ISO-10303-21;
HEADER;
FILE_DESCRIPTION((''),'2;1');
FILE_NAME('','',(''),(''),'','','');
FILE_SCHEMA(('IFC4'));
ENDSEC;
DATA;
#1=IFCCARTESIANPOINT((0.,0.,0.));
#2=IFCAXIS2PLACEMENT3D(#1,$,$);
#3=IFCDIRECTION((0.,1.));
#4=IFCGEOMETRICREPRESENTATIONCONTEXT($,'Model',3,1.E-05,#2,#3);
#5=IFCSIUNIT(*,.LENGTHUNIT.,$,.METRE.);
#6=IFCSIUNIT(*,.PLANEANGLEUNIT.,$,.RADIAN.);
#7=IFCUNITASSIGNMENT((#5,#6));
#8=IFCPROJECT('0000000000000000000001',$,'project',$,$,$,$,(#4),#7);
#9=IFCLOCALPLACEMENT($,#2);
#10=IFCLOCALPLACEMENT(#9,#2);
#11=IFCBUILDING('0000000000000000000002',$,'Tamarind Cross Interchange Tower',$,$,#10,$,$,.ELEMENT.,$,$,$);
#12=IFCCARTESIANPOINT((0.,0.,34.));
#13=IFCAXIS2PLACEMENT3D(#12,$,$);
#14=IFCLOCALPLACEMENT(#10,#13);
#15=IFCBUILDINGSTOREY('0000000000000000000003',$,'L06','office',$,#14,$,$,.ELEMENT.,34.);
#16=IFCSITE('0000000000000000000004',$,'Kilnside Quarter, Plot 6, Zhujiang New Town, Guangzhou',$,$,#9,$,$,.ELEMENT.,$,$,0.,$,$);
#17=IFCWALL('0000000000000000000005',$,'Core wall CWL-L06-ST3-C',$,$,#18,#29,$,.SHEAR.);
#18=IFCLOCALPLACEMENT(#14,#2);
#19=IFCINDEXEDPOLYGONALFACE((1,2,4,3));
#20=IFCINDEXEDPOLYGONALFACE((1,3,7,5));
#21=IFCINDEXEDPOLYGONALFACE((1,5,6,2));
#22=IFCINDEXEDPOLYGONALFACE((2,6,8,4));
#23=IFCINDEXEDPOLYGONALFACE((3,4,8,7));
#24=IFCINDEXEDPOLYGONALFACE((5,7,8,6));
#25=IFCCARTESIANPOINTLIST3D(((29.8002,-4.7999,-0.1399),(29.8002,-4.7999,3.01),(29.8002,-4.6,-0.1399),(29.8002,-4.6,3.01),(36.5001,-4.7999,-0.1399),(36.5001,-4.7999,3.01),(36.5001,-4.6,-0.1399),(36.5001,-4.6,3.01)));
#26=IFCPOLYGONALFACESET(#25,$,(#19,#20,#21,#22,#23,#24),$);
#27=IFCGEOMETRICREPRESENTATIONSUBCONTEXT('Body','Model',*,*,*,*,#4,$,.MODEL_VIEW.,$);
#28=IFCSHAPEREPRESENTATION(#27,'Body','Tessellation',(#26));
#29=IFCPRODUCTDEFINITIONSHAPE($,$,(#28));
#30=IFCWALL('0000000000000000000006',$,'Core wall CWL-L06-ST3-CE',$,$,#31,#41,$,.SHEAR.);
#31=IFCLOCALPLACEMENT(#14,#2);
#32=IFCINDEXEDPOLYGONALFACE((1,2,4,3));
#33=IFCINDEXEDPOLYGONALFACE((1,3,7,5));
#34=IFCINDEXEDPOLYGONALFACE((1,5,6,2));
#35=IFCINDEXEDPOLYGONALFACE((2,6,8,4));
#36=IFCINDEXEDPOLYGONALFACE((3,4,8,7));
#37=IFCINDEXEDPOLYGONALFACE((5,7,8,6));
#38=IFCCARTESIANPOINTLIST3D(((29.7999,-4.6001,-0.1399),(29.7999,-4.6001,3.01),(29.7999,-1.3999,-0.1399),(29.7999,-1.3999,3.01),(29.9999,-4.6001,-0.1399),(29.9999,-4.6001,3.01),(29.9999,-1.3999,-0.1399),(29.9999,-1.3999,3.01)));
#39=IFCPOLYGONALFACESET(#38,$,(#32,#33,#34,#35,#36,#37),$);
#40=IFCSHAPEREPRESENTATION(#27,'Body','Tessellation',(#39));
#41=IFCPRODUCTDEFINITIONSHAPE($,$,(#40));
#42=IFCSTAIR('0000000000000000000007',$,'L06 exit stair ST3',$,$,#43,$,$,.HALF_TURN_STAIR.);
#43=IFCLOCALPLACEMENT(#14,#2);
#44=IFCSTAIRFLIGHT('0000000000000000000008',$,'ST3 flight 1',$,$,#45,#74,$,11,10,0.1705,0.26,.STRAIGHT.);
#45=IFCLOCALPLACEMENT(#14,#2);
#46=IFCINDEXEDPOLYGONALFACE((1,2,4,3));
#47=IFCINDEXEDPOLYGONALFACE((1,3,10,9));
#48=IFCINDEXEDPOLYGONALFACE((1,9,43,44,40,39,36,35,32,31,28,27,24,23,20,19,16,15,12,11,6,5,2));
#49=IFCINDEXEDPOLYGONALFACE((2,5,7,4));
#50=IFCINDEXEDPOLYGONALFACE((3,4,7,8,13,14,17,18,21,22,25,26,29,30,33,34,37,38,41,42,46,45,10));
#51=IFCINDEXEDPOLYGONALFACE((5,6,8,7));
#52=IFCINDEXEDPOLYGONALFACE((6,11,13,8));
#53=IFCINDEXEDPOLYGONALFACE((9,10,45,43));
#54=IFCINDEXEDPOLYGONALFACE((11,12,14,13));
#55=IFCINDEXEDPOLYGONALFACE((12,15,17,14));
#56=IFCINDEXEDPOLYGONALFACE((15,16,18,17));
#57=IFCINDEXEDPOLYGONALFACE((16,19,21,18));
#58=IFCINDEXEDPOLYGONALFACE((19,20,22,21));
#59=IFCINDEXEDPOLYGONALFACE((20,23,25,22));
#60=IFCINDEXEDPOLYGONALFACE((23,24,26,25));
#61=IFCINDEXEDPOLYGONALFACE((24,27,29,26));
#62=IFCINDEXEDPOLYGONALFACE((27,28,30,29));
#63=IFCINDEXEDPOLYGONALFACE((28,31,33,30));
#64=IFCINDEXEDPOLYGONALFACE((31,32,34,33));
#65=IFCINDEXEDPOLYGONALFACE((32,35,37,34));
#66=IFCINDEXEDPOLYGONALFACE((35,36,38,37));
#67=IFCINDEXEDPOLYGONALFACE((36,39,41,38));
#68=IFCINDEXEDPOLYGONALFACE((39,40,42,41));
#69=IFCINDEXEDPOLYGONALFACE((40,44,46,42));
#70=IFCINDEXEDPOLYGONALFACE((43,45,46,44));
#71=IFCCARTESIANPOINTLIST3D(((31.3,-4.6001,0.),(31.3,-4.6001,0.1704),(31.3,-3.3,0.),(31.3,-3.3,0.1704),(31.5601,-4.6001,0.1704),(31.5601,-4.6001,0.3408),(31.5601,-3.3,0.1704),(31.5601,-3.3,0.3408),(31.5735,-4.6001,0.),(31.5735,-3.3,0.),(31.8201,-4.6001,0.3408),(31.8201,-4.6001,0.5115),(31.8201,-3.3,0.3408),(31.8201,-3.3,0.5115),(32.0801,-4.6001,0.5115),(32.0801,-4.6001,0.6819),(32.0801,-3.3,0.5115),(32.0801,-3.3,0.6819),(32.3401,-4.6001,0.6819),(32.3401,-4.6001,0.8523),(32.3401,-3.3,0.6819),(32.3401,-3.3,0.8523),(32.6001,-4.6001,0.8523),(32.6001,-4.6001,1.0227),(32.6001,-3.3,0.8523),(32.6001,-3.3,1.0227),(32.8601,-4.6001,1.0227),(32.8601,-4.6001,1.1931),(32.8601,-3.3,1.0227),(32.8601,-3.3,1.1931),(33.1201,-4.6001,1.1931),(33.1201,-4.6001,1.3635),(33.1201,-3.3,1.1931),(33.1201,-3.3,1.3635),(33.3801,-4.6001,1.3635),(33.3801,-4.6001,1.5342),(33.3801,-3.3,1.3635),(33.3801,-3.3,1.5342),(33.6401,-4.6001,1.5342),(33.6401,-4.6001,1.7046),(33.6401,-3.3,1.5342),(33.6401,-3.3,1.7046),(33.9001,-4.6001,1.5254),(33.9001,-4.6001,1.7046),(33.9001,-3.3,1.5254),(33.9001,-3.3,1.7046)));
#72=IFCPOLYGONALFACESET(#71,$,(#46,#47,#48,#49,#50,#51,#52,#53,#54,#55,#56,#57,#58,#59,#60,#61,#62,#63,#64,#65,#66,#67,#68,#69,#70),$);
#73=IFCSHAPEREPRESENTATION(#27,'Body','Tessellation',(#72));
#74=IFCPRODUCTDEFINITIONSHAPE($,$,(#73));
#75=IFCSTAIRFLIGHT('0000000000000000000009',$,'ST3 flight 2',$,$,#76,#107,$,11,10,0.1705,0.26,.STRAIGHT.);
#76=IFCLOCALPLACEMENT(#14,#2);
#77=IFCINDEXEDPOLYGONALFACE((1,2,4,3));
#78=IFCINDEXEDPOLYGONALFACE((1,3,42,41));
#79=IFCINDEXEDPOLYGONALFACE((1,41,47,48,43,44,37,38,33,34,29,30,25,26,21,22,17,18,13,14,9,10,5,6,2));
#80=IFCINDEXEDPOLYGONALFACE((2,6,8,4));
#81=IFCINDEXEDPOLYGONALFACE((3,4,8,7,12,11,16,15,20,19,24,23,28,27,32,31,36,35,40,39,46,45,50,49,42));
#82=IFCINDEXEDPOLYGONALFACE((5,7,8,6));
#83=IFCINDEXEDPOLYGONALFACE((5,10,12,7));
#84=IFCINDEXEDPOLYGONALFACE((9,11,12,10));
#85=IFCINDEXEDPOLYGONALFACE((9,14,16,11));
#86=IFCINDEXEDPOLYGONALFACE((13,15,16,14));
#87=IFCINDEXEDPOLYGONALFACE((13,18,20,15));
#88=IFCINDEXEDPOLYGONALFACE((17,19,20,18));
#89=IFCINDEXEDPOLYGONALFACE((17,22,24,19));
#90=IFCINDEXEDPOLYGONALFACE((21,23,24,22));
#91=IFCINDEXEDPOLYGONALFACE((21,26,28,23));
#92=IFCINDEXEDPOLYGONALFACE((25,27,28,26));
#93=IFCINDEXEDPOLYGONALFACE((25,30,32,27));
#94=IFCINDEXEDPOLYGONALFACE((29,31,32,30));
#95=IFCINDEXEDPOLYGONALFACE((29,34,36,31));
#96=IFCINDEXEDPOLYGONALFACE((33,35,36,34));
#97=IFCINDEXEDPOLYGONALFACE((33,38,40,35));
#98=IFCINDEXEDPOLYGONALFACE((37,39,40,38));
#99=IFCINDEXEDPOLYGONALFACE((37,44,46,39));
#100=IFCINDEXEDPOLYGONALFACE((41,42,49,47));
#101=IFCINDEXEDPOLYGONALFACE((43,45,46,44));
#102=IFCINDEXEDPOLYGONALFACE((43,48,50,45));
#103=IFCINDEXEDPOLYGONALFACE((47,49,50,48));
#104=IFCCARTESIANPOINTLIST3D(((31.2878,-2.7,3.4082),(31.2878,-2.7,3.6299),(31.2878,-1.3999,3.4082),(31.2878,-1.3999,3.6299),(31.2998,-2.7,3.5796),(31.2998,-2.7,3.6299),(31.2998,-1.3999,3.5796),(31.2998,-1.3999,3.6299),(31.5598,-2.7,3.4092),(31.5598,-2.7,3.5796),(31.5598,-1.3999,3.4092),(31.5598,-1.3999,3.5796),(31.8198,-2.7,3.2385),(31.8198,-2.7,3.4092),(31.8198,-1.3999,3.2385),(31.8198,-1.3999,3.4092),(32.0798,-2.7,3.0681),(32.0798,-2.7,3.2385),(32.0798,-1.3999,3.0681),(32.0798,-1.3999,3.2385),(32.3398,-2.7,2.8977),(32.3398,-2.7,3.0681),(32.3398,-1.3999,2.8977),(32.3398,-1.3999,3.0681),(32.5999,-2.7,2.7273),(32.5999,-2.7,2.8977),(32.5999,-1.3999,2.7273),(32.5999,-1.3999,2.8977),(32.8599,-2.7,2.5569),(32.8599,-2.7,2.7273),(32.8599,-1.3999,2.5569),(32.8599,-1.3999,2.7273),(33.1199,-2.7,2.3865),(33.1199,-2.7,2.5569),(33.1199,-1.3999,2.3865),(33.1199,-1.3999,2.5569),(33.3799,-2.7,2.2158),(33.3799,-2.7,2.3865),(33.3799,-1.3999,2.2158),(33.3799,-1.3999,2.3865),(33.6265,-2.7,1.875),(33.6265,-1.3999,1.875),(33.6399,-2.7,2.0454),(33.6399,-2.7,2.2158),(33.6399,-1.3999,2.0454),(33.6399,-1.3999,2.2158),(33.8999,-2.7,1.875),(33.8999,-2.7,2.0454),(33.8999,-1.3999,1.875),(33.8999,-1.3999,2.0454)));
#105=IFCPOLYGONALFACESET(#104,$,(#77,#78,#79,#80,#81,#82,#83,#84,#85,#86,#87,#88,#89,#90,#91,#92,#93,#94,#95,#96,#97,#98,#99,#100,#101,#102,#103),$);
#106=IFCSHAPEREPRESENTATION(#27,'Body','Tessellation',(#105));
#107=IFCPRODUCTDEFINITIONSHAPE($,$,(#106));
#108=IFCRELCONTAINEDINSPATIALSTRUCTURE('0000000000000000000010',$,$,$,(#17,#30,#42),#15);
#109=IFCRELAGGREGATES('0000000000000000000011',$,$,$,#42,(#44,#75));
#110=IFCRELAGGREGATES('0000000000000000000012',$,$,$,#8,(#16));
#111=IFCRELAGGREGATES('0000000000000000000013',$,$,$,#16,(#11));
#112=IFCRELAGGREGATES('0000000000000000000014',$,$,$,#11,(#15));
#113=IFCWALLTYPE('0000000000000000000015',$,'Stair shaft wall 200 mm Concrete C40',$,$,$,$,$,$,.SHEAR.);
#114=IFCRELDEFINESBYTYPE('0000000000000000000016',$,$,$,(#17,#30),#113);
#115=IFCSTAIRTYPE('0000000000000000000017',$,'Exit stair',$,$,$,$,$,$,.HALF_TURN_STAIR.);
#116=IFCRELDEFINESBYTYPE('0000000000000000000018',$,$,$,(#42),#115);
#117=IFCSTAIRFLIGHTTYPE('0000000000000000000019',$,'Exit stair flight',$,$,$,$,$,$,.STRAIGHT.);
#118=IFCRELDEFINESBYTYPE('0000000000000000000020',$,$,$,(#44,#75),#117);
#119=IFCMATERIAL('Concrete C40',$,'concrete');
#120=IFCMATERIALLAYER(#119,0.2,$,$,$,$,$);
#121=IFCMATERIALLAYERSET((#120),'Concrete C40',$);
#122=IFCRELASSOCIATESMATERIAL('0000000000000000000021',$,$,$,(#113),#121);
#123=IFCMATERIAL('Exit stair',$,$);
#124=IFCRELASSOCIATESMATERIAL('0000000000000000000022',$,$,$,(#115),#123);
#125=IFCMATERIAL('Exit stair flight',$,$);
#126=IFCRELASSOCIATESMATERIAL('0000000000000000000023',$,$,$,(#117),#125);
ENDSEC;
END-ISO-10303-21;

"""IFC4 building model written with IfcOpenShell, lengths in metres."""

from ifc_helpers import new_model, si_unit, direction, frame, frame_2d, origin, place, context, subcontext, project, spatial, polyline, rectangle, outline, extrude, material, layer, layer_set, type_object, element, aggregate, save


model = new_model("IFC4")

# Units and contexts
model_context = context("Model", 3, precision=1e-05, world=origin(), true_north=direction((0.0, 1.0)))
body_context = subcontext(model_context, "Body", "Model", "MODEL_VIEW")
ifc_project = project(units=[si_unit("LENGTHUNIT", "METRE"), si_unit("PLANEANGLEUNIT", "RADIAN")], contexts=[model_context])

# Site, building, storey
site_placement = place(None, origin())
site = spatial("IfcSite", under=ifc_project, at=site_placement, Name="Kilnside Quarter, Plot 6, Zhujiang New Town, Guangzhou", CompositionType="ELEMENT", RefElevation=0.0)
building_placement = place(site_placement, origin())
building = spatial("IfcBuilding", under=site, at=building_placement, Name="Tamarind Cross Interchange Tower", CompositionType="ELEMENT")
storey_placement = place(building_placement, frame((0.0, 0.0, 34.0)))
storey = spatial("IfcBuildingStorey", under=building, at=storey_placement, Name="L06", Description="office", CompositionType="ELEMENT", Elevation=34.0)

# Shared definitions
ifc_material_1 = material(Name="Concrete C40", Category="concrete")
ifc_layer_1 = layer(ifc_material_1, 0.2)
ifc_layer_set_1 = layer_set([ifc_layer_1], Name="Concrete C40")
wall_type_1 = type_object("IfcWallType", Name="Stair shaft wall 200 mm Concrete C40", PredefinedType="SHEAR", material=ifc_layer_set_1)

# Walls
wall_1_placement = place(storey_placement, frame((29.8, -4.7, -0.1399), z_axis=(0.0, 0.0, 1.0), x_axis=(1.0, 0.0, 0.0)))
element("IfcWall", 1, at=wall_1_placement, inside=storey, type_object=wall_type_1, Name="Core wall CWL-L06-ST3-C", PredefinedType="SHEAR", context=body_context, shape_type="SweptSolid", body=[
    extrude(rectangle(XDim=6.7, YDim=0.2, at=frame_2d((3.3501, 0.0))), origin(), (0.0, 0.0, 1.0), 3.1499),
])
wall_2_placement = place(storey_placement, frame((29.8999, -4.6001, -0.1399), z_axis=(0.0, 0.0, 1.0), x_axis=(0.0, 1.0, 0.0)))
element("IfcWall", 2, at=wall_2_placement, inside=storey, type_object=wall_type_1, Name="Core wall CWL-L06-ST3-CE", PredefinedType="SHEAR", context=body_context, shape_type="SweptSolid", body=[
    extrude(rectangle(XDim=3.2002, YDim=0.2, at=frame_2d((1.6001, 0.0))), origin(), (0.0, 0.0, 1.0), 3.1499),
])

# Stair, stair flights
ifc_material_2 = material(Name="Exit stair")
stair_type = type_object("IfcStairType", Name="Exit stair", PredefinedType="HALF_TURN_STAIR", material=ifc_material_2)
stair_placement = place(storey_placement, origin())
stair = element("IfcStair", 3, at=stair_placement, inside=storey, type_object=stair_type, Name="L06 exit stair ST3", PredefinedType="HALF_TURN_STAIR")
ifc_material_3 = material(Name="Exit stair flight")
stair_flight_type = type_object("IfcStairFlightType", Name="Exit stair flight", PredefinedType="STRAIGHT", material=ifc_material_3)
stair_flight_1_placement = place(storey_placement, frame((31.3, -3.95, 0.0), z_axis=(0.0, 0.0, 1.0), x_axis=(1.0, 0.0, 0.0)))
stair_flight_1 = element("IfcStairFlight", 4, at=stair_flight_1_placement, type_object=stair_flight_type, Name="ST3 flight 1", NumberOfRisers=11, NumberOfTreads=10, PredefinedType="STRAIGHT", RiserHeight=0.1705, TreadLength=0.26, context=body_context, shape_type="SweptSolid", body=[
    extrude(outline(polyline([(0.0, 0.0), (0.0, 0.1704), (0.26, 0.1704), (0.26, 0.3408), (0.52, 0.3408), (0.52, 0.5115), (0.78, 0.5115), (0.78, 0.6819), (1.04, 0.6819), (1.04, 0.8523), (1.3, 0.8523), (1.3, 1.0227), (1.5601, 1.0227), (1.5601, 1.1931), (1.8201, 1.1931), (1.8201, 1.3635), (2.0801, 1.3635), (2.0801, 1.5342), (2.3401, 1.5342), (2.3401, 1.7046), (2.6001, 1.7046), (2.6001, 1.875), (2.6001, 1.5254), (0.2734, 0.0), (0.0, 0.0)])), frame((0.0, 0.6499, 0.0), z_axis=(0.0, -1.0, 0.0), x_axis=(1.0, 0.0, 0.0)), (0.0, 0.0, 1.0), 1.3),
])
stair_flight_2_placement = place(storey_placement, frame((33.8999, -2.05, 1.875), z_axis=(0.0, 0.0, 1.0), x_axis=(-1.0, 0.0, 0.0)))
stair_flight_2 = element("IfcStairFlight", 5, at=stair_flight_2_placement, type_object=stair_flight_type, Name="ST3 flight 2", NumberOfRisers=11, NumberOfTreads=10, PredefinedType="STRAIGHT", RiserHeight=0.1705, TreadLength=0.26, context=body_context, shape_type="SweptSolid", body=[
    extrude(outline(polyline([(0.0, 0.0), (0.0, 0.1704), (0.26, 0.1704), (0.26, 0.3408), (0.52, 0.3408), (0.52, 0.5115), (0.78, 0.5115), (0.78, 0.6819), (1.04, 0.6819), (1.04, 0.8523), (1.3, 0.8523), (1.3, 1.0227), (1.5601, 1.0227), (1.5601, 1.1931), (1.8201, 1.1931), (1.8201, 1.3635), (2.0801, 1.3635), (2.0801, 1.5342), (2.3401, 1.5342), (2.3401, 1.7046), (2.6001, 1.7046), (2.6001, 1.7549), (2.6121, 1.7549), (2.6121, 1.5332), (0.2734, 0.0), (0.0, 0.0)])), frame((0.0, 0.6499, 0.0), z_axis=(0.0, -1.0, 0.0), x_axis=(1.0, 0.0, 0.0)), (0.0, 0.0, 1.0), 1.3),
])
aggregate(stair, [stair_flight_1, stair_flight_2])

save(model, "model.ifc")
